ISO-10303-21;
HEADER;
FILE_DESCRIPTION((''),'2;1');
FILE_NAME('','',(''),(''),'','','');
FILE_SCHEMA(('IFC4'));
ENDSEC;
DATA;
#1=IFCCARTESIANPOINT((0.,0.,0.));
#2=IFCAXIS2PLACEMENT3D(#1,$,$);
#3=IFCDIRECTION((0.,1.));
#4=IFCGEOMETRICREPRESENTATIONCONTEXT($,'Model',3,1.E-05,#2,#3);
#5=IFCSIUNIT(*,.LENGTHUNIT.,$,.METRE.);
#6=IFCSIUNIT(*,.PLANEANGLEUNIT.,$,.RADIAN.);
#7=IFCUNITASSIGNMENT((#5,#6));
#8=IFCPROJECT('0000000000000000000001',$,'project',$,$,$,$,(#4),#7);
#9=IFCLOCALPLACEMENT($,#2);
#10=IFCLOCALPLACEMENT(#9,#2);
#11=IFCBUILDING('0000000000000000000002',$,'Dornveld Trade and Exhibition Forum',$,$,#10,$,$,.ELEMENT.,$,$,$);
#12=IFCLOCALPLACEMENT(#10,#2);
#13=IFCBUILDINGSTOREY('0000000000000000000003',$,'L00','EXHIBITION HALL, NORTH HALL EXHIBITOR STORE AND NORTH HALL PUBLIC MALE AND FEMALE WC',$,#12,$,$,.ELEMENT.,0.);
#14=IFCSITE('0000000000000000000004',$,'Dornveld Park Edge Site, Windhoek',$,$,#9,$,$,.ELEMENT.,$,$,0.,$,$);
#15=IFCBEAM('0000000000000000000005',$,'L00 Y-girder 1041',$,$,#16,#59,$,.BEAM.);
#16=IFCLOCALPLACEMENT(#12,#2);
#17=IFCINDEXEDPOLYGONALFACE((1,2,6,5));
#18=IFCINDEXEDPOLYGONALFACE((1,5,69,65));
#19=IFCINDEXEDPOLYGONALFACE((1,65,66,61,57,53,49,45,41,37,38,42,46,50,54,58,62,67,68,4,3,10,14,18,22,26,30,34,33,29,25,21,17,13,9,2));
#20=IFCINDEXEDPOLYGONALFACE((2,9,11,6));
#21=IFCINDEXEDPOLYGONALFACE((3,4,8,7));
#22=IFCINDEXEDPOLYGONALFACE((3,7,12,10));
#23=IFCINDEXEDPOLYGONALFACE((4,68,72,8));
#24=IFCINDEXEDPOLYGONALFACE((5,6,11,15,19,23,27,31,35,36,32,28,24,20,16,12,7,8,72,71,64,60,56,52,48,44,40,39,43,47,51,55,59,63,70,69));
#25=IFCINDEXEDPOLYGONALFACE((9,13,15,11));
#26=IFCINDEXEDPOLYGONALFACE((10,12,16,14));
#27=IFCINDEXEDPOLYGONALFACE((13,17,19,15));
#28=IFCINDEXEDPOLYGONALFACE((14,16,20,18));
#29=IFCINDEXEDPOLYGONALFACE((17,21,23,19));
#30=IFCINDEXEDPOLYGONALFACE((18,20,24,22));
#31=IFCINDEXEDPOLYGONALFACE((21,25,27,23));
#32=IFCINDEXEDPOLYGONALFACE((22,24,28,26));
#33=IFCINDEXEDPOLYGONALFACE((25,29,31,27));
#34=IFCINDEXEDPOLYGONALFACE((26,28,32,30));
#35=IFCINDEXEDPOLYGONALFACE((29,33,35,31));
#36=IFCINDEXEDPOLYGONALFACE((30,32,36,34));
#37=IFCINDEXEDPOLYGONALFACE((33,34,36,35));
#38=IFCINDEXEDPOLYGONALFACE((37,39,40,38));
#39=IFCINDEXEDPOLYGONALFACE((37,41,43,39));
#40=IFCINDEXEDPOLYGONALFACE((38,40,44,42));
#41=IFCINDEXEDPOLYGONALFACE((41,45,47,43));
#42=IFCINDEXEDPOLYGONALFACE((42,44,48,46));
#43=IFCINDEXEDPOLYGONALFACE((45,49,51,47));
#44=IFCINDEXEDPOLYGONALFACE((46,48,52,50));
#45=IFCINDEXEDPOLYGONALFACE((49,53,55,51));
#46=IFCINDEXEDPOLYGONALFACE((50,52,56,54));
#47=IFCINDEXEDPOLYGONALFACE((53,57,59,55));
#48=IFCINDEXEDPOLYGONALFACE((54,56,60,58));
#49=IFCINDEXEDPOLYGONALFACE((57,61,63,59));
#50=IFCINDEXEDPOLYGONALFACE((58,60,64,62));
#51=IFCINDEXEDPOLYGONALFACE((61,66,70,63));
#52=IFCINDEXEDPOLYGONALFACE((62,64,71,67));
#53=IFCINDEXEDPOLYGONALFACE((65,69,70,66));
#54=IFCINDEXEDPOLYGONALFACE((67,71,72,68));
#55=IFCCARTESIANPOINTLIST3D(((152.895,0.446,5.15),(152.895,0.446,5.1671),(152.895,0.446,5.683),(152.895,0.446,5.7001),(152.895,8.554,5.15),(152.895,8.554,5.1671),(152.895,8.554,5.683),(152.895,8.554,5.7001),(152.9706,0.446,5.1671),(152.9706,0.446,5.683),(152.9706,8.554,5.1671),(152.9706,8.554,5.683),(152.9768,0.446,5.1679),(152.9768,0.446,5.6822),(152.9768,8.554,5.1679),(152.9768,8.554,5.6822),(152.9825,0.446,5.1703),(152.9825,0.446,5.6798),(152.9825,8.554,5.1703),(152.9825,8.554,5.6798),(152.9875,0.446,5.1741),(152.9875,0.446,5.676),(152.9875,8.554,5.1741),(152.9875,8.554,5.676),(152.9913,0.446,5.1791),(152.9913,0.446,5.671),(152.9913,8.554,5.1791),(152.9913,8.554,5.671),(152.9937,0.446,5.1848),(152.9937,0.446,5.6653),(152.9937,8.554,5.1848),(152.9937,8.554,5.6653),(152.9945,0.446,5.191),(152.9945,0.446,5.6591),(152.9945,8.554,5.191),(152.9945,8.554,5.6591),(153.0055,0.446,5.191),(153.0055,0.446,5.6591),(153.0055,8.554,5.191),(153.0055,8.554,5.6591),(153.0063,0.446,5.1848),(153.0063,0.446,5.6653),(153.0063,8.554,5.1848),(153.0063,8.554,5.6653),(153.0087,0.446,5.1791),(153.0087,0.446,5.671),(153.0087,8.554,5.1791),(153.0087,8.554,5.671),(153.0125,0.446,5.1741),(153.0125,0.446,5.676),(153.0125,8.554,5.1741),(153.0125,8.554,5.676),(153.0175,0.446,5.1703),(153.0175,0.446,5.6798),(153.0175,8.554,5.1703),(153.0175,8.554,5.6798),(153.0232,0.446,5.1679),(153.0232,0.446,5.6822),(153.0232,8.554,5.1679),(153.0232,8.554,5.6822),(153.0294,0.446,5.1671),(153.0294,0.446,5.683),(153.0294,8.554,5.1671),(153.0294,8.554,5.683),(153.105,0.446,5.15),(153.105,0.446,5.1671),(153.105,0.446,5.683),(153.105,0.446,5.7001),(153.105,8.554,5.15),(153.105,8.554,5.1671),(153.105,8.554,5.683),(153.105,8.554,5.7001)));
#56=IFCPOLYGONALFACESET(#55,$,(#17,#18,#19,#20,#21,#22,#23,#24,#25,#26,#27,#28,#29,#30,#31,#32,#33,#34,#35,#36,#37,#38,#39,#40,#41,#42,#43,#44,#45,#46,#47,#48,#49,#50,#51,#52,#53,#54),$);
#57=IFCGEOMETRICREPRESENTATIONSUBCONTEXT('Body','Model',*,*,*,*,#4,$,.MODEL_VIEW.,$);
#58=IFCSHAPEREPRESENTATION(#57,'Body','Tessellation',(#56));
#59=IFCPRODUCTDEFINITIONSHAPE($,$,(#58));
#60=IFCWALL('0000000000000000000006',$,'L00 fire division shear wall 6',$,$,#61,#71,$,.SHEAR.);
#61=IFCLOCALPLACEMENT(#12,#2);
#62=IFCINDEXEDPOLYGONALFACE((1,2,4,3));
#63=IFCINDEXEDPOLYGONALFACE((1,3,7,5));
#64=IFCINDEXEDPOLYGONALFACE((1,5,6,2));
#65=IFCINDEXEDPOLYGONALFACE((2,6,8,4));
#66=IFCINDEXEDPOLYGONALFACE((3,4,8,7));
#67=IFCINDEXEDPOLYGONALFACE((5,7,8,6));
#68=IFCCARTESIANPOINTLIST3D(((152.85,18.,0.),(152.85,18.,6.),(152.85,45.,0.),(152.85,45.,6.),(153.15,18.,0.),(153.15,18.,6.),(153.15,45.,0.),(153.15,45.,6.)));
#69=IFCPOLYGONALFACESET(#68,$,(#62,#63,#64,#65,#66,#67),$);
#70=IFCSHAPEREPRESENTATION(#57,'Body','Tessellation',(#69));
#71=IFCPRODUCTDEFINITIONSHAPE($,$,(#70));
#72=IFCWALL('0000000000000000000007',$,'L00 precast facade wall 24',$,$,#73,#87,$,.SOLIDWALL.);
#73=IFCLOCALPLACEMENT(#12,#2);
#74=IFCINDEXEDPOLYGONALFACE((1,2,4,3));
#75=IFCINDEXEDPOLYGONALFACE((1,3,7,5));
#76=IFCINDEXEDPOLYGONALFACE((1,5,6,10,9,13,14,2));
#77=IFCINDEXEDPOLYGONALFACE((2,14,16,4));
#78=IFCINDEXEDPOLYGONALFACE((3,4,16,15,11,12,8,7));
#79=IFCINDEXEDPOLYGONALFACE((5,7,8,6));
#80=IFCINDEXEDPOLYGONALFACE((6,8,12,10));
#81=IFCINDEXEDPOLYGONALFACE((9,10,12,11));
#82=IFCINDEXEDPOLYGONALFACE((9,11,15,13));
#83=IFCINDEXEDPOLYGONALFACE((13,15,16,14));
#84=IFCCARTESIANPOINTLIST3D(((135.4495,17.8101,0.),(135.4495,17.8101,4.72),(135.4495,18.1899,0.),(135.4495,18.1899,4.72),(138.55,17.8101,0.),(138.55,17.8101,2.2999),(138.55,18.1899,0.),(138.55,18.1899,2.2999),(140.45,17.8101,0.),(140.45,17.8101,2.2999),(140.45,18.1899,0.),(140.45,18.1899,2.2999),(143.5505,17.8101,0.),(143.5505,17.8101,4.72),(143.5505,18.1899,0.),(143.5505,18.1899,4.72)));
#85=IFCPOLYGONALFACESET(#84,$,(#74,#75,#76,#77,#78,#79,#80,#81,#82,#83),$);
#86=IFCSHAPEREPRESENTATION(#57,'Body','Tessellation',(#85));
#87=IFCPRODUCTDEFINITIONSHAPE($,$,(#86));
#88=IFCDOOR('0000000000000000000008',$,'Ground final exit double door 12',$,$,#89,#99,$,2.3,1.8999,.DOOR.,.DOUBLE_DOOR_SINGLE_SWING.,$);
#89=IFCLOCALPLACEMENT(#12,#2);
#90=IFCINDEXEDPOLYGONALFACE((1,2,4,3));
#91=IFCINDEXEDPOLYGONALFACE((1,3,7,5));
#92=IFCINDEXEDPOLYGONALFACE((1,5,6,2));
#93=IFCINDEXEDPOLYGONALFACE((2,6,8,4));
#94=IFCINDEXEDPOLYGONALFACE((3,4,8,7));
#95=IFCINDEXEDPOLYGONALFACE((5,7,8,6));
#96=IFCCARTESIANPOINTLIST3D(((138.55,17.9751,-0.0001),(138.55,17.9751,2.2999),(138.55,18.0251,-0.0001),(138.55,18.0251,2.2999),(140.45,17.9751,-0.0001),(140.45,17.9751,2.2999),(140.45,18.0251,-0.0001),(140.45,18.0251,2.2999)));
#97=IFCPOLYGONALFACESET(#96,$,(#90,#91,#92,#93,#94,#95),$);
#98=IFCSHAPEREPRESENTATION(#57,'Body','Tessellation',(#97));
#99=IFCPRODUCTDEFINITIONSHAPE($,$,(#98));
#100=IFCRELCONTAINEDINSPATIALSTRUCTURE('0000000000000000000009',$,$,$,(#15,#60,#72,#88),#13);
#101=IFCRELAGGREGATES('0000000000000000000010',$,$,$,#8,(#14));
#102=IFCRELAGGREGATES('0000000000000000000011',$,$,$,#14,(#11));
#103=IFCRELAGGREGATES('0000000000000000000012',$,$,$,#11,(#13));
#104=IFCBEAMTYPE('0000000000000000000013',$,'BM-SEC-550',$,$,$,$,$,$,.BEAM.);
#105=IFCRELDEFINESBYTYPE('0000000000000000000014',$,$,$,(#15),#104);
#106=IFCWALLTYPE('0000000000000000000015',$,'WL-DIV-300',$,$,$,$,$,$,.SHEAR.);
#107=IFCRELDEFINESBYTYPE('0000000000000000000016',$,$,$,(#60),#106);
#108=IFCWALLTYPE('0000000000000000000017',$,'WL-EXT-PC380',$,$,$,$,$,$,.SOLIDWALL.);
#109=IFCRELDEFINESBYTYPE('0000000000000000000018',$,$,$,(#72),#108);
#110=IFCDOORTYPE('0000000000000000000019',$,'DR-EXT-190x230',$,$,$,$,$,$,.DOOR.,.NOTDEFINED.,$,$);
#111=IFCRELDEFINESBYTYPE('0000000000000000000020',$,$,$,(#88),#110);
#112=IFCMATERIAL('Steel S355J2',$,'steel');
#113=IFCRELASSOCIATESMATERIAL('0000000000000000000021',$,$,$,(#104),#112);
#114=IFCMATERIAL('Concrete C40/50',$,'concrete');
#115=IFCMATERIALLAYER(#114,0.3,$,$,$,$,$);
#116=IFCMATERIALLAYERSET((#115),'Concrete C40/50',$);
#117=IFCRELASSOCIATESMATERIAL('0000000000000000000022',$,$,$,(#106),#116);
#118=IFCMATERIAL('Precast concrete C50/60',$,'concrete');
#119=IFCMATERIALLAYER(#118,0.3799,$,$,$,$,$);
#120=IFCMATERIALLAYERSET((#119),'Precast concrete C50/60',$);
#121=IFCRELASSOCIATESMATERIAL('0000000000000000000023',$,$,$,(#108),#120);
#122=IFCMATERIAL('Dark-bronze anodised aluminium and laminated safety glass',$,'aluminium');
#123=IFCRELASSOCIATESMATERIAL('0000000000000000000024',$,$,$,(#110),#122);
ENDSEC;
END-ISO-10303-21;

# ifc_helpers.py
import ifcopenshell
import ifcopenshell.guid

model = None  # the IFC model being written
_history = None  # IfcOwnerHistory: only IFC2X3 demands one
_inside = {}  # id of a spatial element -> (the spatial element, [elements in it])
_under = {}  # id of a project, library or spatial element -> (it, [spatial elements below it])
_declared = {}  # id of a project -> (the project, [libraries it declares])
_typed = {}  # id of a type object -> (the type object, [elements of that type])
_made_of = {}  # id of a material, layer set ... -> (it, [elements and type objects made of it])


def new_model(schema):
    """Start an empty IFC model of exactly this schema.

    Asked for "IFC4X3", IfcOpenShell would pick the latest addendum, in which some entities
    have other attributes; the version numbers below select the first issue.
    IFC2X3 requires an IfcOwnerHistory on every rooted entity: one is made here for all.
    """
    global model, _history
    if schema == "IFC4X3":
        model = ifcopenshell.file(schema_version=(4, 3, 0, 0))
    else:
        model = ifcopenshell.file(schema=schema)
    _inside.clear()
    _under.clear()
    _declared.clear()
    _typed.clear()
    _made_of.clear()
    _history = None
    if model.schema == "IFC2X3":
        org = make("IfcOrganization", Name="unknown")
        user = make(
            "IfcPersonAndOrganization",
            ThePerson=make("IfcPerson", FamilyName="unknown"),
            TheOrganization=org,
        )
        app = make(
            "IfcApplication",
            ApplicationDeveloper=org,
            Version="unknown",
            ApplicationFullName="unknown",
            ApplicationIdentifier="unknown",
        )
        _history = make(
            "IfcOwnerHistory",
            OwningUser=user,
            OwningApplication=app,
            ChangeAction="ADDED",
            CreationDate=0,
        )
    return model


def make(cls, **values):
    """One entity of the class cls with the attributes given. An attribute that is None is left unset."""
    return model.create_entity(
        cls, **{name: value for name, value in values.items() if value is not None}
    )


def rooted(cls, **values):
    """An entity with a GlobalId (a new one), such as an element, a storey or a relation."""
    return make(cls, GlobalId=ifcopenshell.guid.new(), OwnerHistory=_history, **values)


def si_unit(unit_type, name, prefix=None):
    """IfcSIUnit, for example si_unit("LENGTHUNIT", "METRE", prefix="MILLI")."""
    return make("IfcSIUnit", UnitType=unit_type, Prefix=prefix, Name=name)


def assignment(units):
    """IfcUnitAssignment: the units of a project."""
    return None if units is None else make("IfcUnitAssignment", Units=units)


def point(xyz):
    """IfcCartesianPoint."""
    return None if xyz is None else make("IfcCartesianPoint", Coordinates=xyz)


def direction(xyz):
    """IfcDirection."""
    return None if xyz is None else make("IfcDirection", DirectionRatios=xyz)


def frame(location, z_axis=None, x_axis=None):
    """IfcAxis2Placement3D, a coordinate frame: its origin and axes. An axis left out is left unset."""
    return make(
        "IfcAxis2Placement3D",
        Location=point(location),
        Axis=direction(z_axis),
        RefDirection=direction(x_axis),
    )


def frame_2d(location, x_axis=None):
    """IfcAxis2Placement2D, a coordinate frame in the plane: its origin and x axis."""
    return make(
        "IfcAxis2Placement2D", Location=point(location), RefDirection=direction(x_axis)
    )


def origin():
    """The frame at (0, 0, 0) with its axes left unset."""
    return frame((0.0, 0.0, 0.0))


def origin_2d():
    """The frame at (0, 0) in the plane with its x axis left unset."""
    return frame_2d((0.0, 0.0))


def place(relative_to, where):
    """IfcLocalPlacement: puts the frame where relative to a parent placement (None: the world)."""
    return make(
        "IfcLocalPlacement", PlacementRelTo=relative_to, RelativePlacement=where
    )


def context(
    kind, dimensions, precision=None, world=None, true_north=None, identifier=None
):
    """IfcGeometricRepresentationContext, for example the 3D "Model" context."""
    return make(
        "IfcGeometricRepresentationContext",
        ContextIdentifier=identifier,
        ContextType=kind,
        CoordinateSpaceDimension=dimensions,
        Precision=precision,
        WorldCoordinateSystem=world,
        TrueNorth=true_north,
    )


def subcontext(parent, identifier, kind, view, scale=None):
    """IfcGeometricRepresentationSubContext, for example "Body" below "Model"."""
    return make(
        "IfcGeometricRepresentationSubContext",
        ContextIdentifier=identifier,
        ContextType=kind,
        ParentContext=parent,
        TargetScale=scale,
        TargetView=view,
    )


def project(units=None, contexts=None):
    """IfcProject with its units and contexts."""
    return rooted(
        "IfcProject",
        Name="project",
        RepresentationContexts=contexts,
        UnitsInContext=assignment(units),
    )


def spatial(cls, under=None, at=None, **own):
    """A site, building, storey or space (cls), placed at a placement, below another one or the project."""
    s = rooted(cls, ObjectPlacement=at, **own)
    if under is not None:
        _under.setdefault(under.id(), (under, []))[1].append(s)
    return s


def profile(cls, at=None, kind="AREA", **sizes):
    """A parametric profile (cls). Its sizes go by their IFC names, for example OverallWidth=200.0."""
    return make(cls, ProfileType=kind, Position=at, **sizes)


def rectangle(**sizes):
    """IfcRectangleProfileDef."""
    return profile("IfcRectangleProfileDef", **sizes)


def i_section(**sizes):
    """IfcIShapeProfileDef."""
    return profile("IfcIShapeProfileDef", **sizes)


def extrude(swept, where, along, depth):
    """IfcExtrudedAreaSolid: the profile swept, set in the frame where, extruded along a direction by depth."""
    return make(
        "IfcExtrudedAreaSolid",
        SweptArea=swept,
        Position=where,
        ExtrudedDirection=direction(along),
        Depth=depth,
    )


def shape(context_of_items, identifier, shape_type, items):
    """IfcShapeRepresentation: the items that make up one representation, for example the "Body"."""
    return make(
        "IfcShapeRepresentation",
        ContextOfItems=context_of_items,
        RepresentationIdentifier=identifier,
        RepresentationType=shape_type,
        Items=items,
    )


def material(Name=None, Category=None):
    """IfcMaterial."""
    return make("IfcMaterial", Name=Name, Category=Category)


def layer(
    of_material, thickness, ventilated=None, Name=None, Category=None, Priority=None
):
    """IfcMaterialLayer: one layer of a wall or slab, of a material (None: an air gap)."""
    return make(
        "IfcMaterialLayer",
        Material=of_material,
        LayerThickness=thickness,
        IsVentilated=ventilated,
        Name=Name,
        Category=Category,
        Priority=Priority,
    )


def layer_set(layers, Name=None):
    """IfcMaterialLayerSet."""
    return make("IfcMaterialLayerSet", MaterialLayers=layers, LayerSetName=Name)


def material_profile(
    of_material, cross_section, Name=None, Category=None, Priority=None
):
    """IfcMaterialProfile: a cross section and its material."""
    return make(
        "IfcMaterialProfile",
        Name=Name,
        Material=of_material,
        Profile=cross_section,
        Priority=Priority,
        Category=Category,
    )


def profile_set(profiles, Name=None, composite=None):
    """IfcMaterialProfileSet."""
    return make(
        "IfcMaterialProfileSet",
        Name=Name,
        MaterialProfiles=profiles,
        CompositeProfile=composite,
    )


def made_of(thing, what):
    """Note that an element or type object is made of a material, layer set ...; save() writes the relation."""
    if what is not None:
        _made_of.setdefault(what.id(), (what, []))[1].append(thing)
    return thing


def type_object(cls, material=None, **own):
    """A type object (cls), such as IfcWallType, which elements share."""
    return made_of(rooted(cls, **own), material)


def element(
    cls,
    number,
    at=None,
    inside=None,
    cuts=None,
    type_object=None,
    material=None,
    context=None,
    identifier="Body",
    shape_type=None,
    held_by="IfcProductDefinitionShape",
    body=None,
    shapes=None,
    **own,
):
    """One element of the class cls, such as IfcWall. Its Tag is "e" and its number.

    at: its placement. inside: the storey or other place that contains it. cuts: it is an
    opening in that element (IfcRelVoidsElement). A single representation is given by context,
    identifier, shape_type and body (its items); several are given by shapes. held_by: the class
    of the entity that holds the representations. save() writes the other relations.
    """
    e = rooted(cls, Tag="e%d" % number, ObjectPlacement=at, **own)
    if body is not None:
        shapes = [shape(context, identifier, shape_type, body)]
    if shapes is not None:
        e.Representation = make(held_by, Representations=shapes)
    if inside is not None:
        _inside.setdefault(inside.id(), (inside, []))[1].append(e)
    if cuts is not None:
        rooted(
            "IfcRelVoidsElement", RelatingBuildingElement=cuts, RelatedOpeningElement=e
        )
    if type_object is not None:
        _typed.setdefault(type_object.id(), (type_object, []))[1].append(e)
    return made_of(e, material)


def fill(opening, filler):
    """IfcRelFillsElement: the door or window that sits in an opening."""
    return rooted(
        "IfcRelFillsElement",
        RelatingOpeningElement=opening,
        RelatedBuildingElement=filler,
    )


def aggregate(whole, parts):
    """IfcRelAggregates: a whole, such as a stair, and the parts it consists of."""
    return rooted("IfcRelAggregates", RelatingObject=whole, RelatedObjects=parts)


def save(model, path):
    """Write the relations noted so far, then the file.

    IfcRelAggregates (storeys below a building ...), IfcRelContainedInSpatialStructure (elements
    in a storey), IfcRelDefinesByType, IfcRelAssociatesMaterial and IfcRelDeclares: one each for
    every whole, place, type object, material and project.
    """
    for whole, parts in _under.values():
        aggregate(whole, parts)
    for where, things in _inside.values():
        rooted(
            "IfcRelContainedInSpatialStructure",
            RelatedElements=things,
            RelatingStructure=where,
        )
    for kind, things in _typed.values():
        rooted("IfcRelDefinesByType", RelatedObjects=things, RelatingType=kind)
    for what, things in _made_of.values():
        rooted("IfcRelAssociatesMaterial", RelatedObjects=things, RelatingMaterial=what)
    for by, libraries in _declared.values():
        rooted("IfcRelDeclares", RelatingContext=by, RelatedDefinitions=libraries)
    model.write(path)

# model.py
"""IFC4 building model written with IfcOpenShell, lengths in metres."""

from ifc_helpers import new_model, si_unit, direction, frame, frame_2d, origin, origin_2d, place, context, subcontext, project, spatial, rectangle, i_section, extrude, material, layer, layer_set, material_profile, profile_set, type_object, element, fill, save


model = new_model("IFC4")

# Units and contexts
model_context = context("Model", 3, precision=1e-05, world=origin(), true_north=direction((0.0, 1.0)))
body_context = subcontext(model_context, "Body", "Model", "MODEL_VIEW")
ifc_project = project(units=[si_unit("LENGTHUNIT", "METRE"), si_unit("PLANEANGLEUNIT", "RADIAN")], contexts=[model_context])

# Site, building, storey
site_placement = place(None, origin())
site = spatial("IfcSite", under=ifc_project, at=site_placement, Name="Dornveld Park Edge Site, Windhoek", CompositionType="ELEMENT", RefElevation=0.0)
building_placement = place(site_placement, origin())
building = spatial("IfcBuilding", under=site, at=building_placement, Name="Dornveld Trade and Exhibition Forum", CompositionType="ELEMENT")
storey_placement = place(building_placement, origin())
storey = spatial("IfcBuildingStorey", under=building, at=storey_placement, Name="L00", Description="EXHIBITION HALL, NORTH HALL EXHIBITOR STORE AND NORTH HALL PUBLIC MALE AND FEMALE WC", CompositionType="ELEMENT", Elevation=0.0)

# Beam
ifc_material_1 = material(Name="Steel S355J2", Category="steel")
ifc_material_profile_1 = material_profile(ifc_material_1, i_section(OverallWidth=0.21, OverallDepth=0.55, WebThickness=0.011, FlangeThickness=0.0171, FilletRadius=0.0239, at=origin_2d()), Name="IPE 550")
ifc_profile_set_1 = profile_set([ifc_material_profile_1], Name="Steel S355J2")
beam_type_1 = type_object("IfcBeamType", Name="BM-SEC-550", PredefinedType="BEAM", material=ifc_profile_set_1)
beam_1_placement = place(storey_placement, frame((153.0, 0.446, 5.425), z_axis=(0.0, 1.0, 0.0), x_axis=(-1.0, 0.0, 0.0)))
element("IfcBeam", 1, at=beam_1_placement, inside=storey, type_object=beam_type_1, Name="L00 Y-girder 1041", PredefinedType="BEAM", context=body_context, shape_type="SweptSolid", body=[
    extrude(i_section(OverallWidth=0.21, OverallDepth=0.55, WebThickness=0.011, FlangeThickness=0.0171, FilletRadius=0.0239, at=origin_2d()), origin(), (0.0, 0.0, 1.0), 8.1079),
])

# Wall
ifc_material_2 = material(Name="Concrete C40/50", Category="concrete")
ifc_layer_1 = layer(ifc_material_2, 0.3)
ifc_layer_set_1 = layer_set([ifc_layer_1], Name="Concrete C40/50")
wall_type_1 = type_object("IfcWallType", Name="WL-DIV-300", PredefinedType="SHEAR", material=ifc_layer_set_1)
wall_1_placement = place(storey_placement, frame((153.0, 18.0, 0.0), z_axis=(0.0, 0.0, 1.0), x_axis=(0.0, 1.0, 0.0)))
element("IfcWall", 2, at=wall_1_placement, inside=storey, type_object=wall_type_1, Name="L00 fire division shear wall 6", PredefinedType="SHEAR", context=body_context, shape_type="SweptSolid", body=[
    extrude(rectangle(XDim=27.0, YDim=0.3, at=frame_2d((13.5, 0.0))), origin(), (0.0, 0.0, 1.0), 6.0),
])

# Wall, opening, door
ifc_material_3 = material(Name="Precast concrete C50/60", Category="concrete")
ifc_layer_2 = layer(ifc_material_3, 0.3799)
ifc_layer_set_2 = layer_set([ifc_layer_2], Name="Precast concrete C50/60")
wall_type_2 = type_object("IfcWallType", Name="WL-EXT-PC380", PredefinedType="SOLIDWALL", material=ifc_layer_set_2)
wall_2_placement = place(storey_placement, frame((135.4495, 18.0, 0.0), z_axis=(0.0, 0.0, 1.0), x_axis=(1.0, 0.0, 0.0)))
wall_2 = element("IfcWall", 3, at=wall_2_placement, inside=storey, type_object=wall_type_2, Name="L00 precast facade wall 24", PredefinedType="SOLIDWALL", context=body_context, shape_type="SweptSolid", body=[
    extrude(rectangle(XDim=8.1011, YDim=0.3799, at=frame_2d((4.0505, 0.0))), origin(), (0.0, 0.0, 1.0), 4.72),
])
opening_placement = place(wall_2_placement, frame((3.1006, 0.0, 0.0)))
opening = element("IfcOpeningElement", 4, at=opening_placement, cuts=wall_2, PredefinedType="OPENING", context=body_context, shape_type="SweptSolid", body=[
    extrude(rectangle(XDim=1.8999, YDim=2.3, at=frame_2d((0.95, 1.1499))), frame((0.0, 0.2, 0.0), z_axis=(0.0, -1.0, 0.0), x_axis=(1.0, 0.0, 0.0)), (0.0, 0.0, 1.0), 0.3999),
])
ifc_material_4 = material(Name="Dark-bronze anodised aluminium and laminated safety glass", Category="aluminium")
door_type = type_object("IfcDoorType", Name="DR-EXT-190x230", OperationType="NOTDEFINED", PredefinedType="DOOR", material=ifc_material_4)
door_placement = place(opening_placement, frame((1.8999, 0.0, 0.0), z_axis=(0.0, 0.0, 1.0), x_axis=(-1.0, 0.0, 0.0)))
door = element("IfcDoor", 5, at=door_placement, inside=storey, type_object=door_type, Name="Ground final exit double door 12", OperationType="DOUBLE_DOOR_SINGLE_SWING", OverallHeight=2.3, OverallWidth=1.8999, PredefinedType="DOOR", context=body_context, shape_type="SweptSolid", body=[
    extrude(rectangle(XDim=1.8999, YDim=2.3, at=frame_2d((0.95, 1.1499))), frame((0.0, 0.0249, 0.0), z_axis=(0.0, -1.0, 0.0), x_axis=(1.0, 0.0, 0.0)), (0.0, 0.0, 1.0), 0.05),
])
fill(opening, door)

save(model, "model.ifc")
